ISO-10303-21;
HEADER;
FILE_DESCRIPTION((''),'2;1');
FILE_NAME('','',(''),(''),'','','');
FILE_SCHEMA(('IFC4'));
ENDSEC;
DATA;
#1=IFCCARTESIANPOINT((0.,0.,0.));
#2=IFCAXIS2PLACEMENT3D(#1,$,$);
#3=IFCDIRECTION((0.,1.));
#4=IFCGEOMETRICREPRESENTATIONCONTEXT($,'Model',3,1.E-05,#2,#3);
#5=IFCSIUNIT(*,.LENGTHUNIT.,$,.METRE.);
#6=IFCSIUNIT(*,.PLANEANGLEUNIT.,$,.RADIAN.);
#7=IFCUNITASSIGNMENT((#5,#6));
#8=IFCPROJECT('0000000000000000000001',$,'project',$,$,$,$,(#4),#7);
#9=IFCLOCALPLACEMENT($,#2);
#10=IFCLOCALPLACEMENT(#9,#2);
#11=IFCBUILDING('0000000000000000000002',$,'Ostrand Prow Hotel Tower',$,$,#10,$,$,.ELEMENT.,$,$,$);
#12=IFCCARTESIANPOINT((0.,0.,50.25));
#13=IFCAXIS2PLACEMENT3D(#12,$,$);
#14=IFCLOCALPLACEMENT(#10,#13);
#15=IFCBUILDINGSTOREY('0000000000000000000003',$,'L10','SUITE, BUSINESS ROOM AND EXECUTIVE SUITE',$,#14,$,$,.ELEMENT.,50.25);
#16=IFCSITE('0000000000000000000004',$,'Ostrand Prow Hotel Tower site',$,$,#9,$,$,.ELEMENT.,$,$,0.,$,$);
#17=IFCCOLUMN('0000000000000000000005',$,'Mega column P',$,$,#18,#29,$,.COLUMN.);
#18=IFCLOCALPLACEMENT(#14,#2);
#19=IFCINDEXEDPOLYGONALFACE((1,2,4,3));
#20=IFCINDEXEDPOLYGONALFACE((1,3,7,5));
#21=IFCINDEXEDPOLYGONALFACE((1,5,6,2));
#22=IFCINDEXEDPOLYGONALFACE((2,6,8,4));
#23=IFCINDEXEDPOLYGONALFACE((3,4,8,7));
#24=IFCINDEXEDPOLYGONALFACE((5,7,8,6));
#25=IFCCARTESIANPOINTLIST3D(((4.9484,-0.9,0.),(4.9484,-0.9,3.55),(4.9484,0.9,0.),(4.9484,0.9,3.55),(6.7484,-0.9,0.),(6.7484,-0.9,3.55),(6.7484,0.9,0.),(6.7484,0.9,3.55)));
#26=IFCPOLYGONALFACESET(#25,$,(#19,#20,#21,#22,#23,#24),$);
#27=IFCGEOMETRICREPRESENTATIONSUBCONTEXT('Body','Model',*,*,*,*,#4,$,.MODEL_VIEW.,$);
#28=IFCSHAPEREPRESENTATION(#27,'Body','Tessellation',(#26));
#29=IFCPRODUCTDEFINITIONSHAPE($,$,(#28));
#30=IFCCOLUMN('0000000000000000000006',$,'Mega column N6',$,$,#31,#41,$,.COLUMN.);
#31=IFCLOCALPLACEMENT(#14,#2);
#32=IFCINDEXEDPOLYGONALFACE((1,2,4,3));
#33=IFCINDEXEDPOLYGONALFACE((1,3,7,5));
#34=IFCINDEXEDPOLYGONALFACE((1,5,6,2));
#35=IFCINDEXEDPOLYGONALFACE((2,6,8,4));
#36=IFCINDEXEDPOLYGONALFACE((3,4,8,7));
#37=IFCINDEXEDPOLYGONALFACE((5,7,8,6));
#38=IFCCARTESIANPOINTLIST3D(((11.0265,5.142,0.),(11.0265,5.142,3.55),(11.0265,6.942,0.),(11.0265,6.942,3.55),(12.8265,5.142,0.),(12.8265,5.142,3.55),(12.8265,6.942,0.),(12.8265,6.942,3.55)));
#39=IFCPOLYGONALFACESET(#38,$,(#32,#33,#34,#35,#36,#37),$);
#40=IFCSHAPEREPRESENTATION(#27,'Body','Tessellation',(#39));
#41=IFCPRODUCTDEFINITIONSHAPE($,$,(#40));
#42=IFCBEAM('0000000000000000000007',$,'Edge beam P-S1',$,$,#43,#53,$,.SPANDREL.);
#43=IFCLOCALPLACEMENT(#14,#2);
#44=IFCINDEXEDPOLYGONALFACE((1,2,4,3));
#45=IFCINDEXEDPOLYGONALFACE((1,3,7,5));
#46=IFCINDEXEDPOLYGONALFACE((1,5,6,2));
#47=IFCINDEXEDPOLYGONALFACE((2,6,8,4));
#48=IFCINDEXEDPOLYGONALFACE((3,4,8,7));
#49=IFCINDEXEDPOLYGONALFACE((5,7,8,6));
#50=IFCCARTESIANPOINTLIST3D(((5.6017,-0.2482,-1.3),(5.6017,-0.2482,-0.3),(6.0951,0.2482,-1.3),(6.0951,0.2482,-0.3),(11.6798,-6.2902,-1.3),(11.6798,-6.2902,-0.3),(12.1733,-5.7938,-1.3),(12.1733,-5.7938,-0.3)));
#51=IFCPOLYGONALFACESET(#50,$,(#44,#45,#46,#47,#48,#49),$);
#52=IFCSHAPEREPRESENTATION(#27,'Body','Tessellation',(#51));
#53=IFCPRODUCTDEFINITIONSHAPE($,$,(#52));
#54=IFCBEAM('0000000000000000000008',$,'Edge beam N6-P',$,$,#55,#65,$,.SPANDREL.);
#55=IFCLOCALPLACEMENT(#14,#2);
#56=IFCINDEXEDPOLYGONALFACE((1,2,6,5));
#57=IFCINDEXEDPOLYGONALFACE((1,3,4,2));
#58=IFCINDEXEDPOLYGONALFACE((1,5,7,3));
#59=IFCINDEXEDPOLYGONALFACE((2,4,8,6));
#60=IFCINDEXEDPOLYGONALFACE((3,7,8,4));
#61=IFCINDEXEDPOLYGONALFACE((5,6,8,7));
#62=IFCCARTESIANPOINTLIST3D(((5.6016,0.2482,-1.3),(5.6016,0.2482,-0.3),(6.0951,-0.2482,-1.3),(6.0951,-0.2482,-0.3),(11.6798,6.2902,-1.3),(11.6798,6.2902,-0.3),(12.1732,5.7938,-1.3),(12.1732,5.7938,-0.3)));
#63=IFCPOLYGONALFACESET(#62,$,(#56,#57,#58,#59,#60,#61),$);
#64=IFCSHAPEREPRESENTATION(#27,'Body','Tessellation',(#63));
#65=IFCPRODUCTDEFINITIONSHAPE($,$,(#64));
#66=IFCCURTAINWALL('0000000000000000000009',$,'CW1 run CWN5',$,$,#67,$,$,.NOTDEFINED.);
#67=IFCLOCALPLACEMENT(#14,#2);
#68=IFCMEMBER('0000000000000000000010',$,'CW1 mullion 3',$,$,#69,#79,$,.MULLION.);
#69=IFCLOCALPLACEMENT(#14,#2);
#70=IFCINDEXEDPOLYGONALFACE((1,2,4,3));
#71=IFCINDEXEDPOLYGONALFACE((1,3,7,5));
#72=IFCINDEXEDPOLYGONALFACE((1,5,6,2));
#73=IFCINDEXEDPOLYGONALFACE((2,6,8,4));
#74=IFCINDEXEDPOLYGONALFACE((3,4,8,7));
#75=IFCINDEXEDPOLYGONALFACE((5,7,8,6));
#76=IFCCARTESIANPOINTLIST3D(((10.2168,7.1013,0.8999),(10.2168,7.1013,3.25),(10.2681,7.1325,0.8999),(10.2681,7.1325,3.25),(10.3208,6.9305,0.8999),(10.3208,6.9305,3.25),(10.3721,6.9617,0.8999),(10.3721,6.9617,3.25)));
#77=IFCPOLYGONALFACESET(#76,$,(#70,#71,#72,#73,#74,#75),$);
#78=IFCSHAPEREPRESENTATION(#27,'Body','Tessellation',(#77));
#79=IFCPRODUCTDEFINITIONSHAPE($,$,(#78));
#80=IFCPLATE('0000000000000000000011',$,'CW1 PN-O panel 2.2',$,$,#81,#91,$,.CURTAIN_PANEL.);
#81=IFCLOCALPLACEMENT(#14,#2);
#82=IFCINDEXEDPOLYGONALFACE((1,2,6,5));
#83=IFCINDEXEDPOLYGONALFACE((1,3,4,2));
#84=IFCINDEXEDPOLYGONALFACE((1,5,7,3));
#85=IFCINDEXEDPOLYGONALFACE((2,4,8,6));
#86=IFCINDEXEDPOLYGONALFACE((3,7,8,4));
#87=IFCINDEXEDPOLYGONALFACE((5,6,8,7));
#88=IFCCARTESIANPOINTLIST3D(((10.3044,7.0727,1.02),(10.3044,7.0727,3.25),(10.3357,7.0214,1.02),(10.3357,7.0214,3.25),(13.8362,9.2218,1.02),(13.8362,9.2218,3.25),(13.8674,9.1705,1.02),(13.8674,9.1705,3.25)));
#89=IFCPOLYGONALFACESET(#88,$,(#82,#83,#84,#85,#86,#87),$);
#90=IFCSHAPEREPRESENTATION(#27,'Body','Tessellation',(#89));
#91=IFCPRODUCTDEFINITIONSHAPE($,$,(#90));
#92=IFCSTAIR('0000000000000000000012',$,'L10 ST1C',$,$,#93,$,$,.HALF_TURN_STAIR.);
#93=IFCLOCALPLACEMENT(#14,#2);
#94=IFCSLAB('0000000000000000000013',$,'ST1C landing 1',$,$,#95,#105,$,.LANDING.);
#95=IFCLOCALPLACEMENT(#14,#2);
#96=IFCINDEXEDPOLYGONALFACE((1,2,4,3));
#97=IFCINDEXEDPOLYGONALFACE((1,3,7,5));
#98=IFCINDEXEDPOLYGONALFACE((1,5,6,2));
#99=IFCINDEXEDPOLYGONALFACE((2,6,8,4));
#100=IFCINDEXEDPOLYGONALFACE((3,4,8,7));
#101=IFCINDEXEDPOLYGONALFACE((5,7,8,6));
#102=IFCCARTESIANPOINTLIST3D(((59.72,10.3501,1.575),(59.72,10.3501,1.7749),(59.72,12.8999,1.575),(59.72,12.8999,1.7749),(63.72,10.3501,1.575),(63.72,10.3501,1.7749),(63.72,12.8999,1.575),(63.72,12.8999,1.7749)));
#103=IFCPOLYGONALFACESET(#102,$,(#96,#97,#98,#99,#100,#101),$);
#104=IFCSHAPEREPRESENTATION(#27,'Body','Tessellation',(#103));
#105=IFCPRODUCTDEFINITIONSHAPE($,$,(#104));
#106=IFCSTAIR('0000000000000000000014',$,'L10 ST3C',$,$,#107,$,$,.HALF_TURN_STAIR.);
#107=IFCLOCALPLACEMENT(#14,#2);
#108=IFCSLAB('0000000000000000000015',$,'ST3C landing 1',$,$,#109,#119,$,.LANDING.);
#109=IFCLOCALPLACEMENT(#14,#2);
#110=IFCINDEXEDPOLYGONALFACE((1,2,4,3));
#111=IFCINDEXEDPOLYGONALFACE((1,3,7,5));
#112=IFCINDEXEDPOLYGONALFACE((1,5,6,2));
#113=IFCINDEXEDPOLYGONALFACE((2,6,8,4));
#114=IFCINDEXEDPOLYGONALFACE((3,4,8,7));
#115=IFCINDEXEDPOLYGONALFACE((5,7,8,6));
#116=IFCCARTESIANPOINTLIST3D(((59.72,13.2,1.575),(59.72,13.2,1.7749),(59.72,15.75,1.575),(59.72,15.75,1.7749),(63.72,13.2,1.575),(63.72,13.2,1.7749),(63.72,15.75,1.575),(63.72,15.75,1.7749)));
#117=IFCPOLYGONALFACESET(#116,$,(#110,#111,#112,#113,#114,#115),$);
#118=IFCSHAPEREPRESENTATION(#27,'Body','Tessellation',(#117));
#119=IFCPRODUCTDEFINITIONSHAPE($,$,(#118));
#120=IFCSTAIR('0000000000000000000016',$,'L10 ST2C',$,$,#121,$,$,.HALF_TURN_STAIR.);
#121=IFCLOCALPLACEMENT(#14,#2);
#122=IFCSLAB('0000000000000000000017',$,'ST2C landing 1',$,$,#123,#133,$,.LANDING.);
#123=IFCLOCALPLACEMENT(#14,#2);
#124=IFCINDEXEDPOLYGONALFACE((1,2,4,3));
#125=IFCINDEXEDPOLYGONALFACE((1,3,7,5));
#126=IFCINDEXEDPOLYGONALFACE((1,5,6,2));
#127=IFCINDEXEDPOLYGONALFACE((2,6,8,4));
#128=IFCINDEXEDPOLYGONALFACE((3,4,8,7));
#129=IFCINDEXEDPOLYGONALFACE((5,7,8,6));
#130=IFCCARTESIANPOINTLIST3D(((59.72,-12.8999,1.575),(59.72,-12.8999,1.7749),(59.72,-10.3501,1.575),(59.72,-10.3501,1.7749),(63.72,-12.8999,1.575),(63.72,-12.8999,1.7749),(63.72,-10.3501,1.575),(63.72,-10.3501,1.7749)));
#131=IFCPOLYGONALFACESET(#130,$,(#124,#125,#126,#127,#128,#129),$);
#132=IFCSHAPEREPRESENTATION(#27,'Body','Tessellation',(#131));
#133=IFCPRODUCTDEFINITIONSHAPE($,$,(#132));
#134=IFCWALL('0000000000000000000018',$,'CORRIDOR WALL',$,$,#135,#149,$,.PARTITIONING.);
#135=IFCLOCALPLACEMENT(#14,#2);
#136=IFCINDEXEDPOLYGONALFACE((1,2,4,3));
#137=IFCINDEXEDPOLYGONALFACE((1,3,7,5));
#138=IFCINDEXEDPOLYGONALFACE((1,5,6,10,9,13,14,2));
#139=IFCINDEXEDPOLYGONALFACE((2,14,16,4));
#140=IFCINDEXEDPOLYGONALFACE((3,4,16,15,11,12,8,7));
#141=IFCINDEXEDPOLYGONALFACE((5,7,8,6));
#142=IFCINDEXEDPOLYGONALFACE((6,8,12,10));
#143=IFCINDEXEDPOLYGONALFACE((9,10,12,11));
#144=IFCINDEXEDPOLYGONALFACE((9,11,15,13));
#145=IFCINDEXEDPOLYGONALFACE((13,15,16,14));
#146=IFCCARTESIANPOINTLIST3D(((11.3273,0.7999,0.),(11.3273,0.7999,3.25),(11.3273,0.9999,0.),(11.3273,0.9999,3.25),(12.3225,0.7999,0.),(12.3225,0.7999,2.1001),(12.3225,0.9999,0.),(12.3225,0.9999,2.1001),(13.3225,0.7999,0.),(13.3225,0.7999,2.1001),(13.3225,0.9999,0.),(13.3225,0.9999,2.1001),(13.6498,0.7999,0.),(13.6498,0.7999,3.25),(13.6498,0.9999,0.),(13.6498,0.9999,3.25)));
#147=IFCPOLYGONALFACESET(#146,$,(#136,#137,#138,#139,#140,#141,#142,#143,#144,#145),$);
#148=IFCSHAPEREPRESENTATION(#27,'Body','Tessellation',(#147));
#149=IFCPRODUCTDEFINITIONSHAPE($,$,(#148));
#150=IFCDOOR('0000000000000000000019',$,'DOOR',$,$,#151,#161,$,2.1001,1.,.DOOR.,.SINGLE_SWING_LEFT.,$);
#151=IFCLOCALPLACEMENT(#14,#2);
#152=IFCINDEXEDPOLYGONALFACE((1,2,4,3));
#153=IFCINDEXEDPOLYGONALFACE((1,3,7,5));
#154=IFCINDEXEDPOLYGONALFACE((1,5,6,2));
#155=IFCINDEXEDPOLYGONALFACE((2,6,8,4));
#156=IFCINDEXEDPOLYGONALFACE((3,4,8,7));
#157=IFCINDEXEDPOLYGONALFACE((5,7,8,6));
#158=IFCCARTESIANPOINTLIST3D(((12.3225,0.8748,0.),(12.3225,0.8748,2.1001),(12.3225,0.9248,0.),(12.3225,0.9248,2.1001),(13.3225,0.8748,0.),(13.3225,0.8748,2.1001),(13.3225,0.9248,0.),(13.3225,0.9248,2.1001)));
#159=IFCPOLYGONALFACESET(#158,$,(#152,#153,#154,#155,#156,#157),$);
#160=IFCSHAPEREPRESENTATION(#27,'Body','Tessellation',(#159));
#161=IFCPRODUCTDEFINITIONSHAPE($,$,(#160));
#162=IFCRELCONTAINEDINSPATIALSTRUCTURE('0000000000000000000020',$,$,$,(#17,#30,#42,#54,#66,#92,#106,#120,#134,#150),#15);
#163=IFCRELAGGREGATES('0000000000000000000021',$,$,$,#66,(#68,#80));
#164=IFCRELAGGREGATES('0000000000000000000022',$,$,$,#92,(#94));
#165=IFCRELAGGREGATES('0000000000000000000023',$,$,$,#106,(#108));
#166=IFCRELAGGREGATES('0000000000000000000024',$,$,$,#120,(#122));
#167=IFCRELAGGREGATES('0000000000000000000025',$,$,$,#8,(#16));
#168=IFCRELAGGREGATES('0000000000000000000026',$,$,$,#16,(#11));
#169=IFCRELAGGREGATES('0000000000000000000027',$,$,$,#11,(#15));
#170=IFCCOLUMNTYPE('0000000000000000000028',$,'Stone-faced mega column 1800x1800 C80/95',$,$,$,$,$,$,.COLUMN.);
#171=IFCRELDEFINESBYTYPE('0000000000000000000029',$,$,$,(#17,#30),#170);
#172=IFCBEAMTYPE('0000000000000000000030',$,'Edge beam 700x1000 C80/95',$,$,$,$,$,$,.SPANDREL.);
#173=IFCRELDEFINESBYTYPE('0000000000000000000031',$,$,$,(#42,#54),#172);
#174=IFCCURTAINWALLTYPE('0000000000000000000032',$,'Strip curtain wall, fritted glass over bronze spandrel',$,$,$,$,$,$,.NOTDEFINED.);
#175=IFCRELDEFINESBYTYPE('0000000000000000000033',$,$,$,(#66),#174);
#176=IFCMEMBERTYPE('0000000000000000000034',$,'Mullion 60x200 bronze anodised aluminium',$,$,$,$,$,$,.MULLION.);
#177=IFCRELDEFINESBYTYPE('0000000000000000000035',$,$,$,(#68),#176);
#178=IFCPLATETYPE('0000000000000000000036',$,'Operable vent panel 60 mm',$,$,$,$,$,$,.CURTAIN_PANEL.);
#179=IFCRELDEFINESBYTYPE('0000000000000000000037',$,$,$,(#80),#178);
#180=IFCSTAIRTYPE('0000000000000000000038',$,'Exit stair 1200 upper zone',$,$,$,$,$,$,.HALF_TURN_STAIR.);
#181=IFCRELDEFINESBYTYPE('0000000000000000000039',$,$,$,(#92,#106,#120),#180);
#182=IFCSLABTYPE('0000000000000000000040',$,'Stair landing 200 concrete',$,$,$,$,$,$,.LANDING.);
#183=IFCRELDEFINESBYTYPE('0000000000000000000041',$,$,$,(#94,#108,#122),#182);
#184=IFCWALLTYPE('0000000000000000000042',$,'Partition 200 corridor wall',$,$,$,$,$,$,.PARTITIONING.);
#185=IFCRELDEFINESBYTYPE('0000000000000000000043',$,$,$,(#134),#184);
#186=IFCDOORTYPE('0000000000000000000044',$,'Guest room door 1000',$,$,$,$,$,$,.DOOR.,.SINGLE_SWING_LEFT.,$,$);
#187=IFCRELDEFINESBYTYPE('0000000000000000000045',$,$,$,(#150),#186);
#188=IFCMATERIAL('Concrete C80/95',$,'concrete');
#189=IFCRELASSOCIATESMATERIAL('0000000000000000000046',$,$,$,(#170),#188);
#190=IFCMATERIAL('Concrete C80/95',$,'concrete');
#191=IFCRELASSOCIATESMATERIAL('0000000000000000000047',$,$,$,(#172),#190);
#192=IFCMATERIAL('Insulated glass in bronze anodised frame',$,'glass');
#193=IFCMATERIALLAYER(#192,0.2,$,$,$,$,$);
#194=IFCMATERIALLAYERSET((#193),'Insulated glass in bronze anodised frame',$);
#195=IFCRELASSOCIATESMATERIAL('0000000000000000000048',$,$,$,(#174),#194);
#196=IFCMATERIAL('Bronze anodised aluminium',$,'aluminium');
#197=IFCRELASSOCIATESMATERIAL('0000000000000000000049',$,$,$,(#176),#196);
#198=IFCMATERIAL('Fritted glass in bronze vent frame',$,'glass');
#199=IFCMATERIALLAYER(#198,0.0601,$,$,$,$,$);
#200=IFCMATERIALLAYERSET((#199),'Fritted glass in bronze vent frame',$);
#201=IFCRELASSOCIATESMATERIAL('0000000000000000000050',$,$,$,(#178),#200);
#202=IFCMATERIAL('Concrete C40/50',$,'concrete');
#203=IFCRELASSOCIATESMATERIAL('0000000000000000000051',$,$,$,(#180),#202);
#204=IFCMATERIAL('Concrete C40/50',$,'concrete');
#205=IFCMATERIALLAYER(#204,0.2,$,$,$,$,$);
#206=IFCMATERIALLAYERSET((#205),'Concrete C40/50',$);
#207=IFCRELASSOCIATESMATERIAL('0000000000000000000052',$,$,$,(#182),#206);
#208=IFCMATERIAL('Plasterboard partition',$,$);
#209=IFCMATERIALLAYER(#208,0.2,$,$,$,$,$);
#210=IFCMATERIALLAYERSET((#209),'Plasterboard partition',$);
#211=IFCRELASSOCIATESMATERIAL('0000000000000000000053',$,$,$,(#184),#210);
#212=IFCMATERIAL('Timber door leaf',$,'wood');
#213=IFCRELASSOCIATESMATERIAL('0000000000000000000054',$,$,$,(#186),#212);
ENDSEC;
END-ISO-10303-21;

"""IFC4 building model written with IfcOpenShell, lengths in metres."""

from ifc_helpers import new_model, si_unit, direction, frame, frame_2d, origin, origin_2d, place, context, subcontext, project, spatial, polyline, rectangle, outline, extrude, material, layer, layer_set, material_profile, profile_set, type_object, element, fill, aggregate, save


model = new_model("IFC4")

# Units and contexts
model_context = context("Model", 3, precision=1e-05, world=origin(), true_north=direction((0.0, 1.0)))
body_context = subcontext(model_context, "Body", "Model", "MODEL_VIEW")
ifc_project = project(units=[si_unit("LENGTHUNIT", "METRE"), si_unit("PLANEANGLEUNIT", "RADIAN")], contexts=[model_context])

# Site, building, storey
site_placement = place(None, origin())
site = spatial("IfcSite", under=ifc_project, at=site_placement, Name="Ostrand Prow Hotel Tower site", CompositionType="ELEMENT", RefElevation=0.0)
building_placement = place(site_placement, origin())
building = spatial("IfcBuilding", under=site, at=building_placement, Name="Ostrand Prow Hotel Tower", CompositionType="ELEMENT")
storey_placement = place(building_placement, frame((0.0, 0.0, 50.25)))
storey = spatial("IfcBuildingStorey", under=building, at=storey_placement, Name="L10", Description="SUITE, BUSINESS ROOM AND EXECUTIVE SUITE", CompositionType="ELEMENT", Elevation=50.25)

# Columns
ifc_material_1 = material(Name="Concrete C80/95", Category="concrete")
ifc_material_profile_1 = material_profile(ifc_material_1, rectangle(XDim=1.8, YDim=1.8, at=origin_2d()), Name="RC 1800x1800")
ifc_profile_set_1 = profile_set([ifc_material_profile_1], Name="Concrete C80/95")
column_type = type_object("IfcColumnType", Name="Stone-faced mega column 1800x1800 C80/95", PredefinedType="COLUMN", material=ifc_profile_set_1)
for number, where, z_axis, x_axis, name in (
    (1, (5.8484, 0.0, 0.0), (0.0, 0.0, 1.0), (1.0, 0.0, 0.0), "Mega column P"),
    (2, (11.9265, 6.042, 0.0), (0.0, 0.0, 1.0), (1.0, 0.0, 0.0), "Mega column N6"),
):
    element("IfcColumn", number, at=place(storey_placement, frame(where, z_axis=z_axis, x_axis=x_axis)), inside=storey, type_object=column_type, Name=name, PredefinedType="COLUMN", context=body_context, shape_type="SweptSolid", body=[
        extrude(rectangle(XDim=1.8, YDim=1.8, at=origin_2d()), origin(), (0.0, 0.0, 1.0), 3.55),
    ])

# Beams
ifc_material_2 = material(Name="Concrete C80/95", Category="concrete")
ifc_material_profile_2 = material_profile(ifc_material_2, rectangle(XDim=0.7, YDim=1.0, at=origin_2d()), Name="RC 700x1000")
ifc_profile_set_2 = profile_set([ifc_material_profile_2], Name="Concrete C80/95")
beam_type = type_object("IfcBeamType", Name="Edge beam 700x1000 C80/95", PredefinedType="SPANDREL", material=ifc_profile_set_2)
for number, where, z_axis, x_axis, name in (
    (3, (5.8484, 0.0, -0.8), (0.709212, -0.704996, 0.0), (0.704996, 0.709212, 0.0), "Edge beam P-S1"),
    (4, (11.9265, 6.042, -0.8), (-0.709212, -0.704996, 0.0), (0.704996, -0.709212, 0.0), "Edge beam N6-P"),
):
    element("IfcBeam", number, at=place(storey_placement, frame(where, z_axis=z_axis, x_axis=x_axis)), inside=storey, type_object=beam_type, Name=name, PredefinedType="SPANDREL", context=body_context, shape_type="SweptSolid", body=[
        extrude(rectangle(XDim=0.7, YDim=1.0, at=origin_2d()), origin(), (0.0, 0.0, 1.0), 8.5703),
    ])

# Curtain wall, member, plate
ifc_material_3 = material(Name="Insulated glass in bronze anodised frame", Category="glass")
ifc_layer_1 = layer(ifc_material_3, 0.2)
ifc_layer_set_1 = layer_set([ifc_layer_1], Name="Insulated glass in bronze anodised frame")
curtain_wall_type = type_object("IfcCurtainWallType", Name="Strip curtain wall, fritted glass over bronze spandrel", PredefinedType="NOTDEFINED", material=ifc_layer_set_1)
curtain_wall_placement = place(storey_placement, origin())
curtain_wall = element("IfcCurtainWall", 5, at=curtain_wall_placement, inside=storey, type_object=curtain_wall_type, Name="CW1 run CWN5", PredefinedType="NOTDEFINED")
ifc_material_4 = material(Name="Bronze anodised aluminium", Category="aluminium")
ifc_material_profile_3 = material_profile(ifc_material_4, rectangle(XDim=0.2, YDim=0.0601, at=origin_2d()), Name="Mullion 60x200 bronze anodised aluminium")
ifc_profile_set_3 = profile_set([ifc_material_profile_3], Name="Bronze anodised aluminium")
member_type = type_object("IfcMemberType", Name="Mullion 60x200 bronze anodised aluminium", PredefinedType="MULLION", material=ifc_profile_set_3)
member_placement = place(storey_placement, frame((10.2944, 7.0315, 0.8999), z_axis=(0.0, 0.0, 1.0), x_axis=(0.519831, -0.854269, 0.0)))
member = element("IfcMember", 6, at=member_placement, type_object=member_type, Name="CW1 mullion 3", PredefinedType="MULLION", context=body_context, shape_type="SweptSolid", body=[
    extrude(rectangle(XDim=0.2, YDim=0.0601, at=origin_2d()), origin(), (0.0, 0.0, 1.0), 2.3501),
])
ifc_material_5 = material(Name="Fritted glass in bronze vent frame", Category="glass")
ifc_layer_2 = layer(ifc_material_5, 0.0601)
ifc_layer_set_2 = layer_set([ifc_layer_2], Name="Fritted glass in bronze vent frame")
plate_type = type_object("IfcPlateType", Name="Operable vent panel 60 mm", PredefinedType="CURTAIN_PANEL", material=ifc_layer_set_2)
plate_placement = place(storey_placement, frame((12.0859, 8.1216, 1.02), z_axis=(0.0, 0.0, 1.0), x_axis=(-0.854269, -0.519831, 0.0)))
plate = element("IfcPlate", 7, at=plate_placement, type_object=plate_type, Name="CW1 PN-O panel 2.2", PredefinedType="CURTAIN_PANEL", context=body_context, shape_type="SweptSolid", body=[
    extrude(rectangle(XDim=4.1343, YDim=0.0601, at=origin_2d()), origin(), (0.0, 0.0, 1.0), 2.23),
])
aggregate(curtain_wall, [member, plate])

# Stairs, slabs
ifc_material_6 = material(Name="Concrete C40/50", Category="concrete")
stair_type = type_object("IfcStairType", Name="Exit stair 1200 upper zone", PredefinedType="HALF_TURN_STAIR", material=ifc_material_6)
stair_1_placement = place(storey_placement, origin())
stair_1 = element("IfcStair", 8, at=stair_1_placement, inside=storey, type_object=stair_type, Name="L10 ST1C", PredefinedType="HALF_TURN_STAIR")
ifc_material_7 = material(Name="Concrete C40/50", Category="concrete")
ifc_layer_3 = layer(ifc_material_7, 0.2)
ifc_layer_set_3 = layer_set([ifc_layer_3], Name="Concrete C40/50")
slab_type = type_object("IfcSlabType", Name="Stair landing 200 concrete", PredefinedType="LANDING", material=ifc_layer_set_3)
slab_1_placement = place(storey_placement, frame((0.0, 0.0, 1.575)))
slab_1 = element("IfcSlab", 9, at=slab_1_placement, type_object=slab_type, Name="ST1C landing 1", PredefinedType="LANDING", context=body_context, shape_type="SweptSolid", body=[
    extrude(outline(polyline([(59.72, 10.3501), (63.72, 10.3501), (63.72, 12.8999), (59.72, 12.8999), (59.72, 10.3501)])), origin(), (0.0, 0.0, 1.0), 0.2),
])
aggregate(stair_1, [slab_1])
stair_2_placement = place(storey_placement, origin())
stair_2 = element("IfcStair", 10, at=stair_2_placement, inside=storey, type_object=stair_type, Name="L10 ST3C", PredefinedType="HALF_TURN_STAIR")
slab_2_placement = place(storey_placement, frame((0.0, 0.0, 1.575)))
slab_2 = element("IfcSlab", 11, at=slab_2_placement, type_object=slab_type, Name="ST3C landing 1", PredefinedType="LANDING", context=body_context, shape_type="SweptSolid", body=[
    extrude(outline(polyline([(59.72, 13.2), (63.72, 13.2), (63.72, 15.75), (59.72, 15.75), (59.72, 13.2)])), origin(), (0.0, 0.0, 1.0), 0.2),
])
aggregate(stair_2, [slab_2])
stair_3_placement = place(storey_placement, origin())
stair_3 = element("IfcStair", 12, at=stair_3_placement, inside=storey, type_object=stair_type, Name="L10 ST2C", PredefinedType="HALF_TURN_STAIR")
slab_3_placement = place(storey_placement, frame((0.0, 0.0, 1.575)))
slab_3 = element("IfcSlab", 13, at=slab_3_placement, type_object=slab_type, Name="ST2C landing 1", PredefinedType="LANDING", context=body_context, shape_type="SweptSolid", body=[
    extrude(outline(polyline([(59.72, -12.8999), (63.72, -12.8999), (63.72, -10.3501), (59.72, -10.3501), (59.72, -12.8999)])), origin(), (0.0, 0.0, 1.0), 0.2),
])
aggregate(stair_3, [slab_3])

# Wall, opening, door
ifc_material_8 = material(Name="Plasterboard partition")
ifc_layer_4 = layer(ifc_material_8, 0.2)
ifc_layer_set_4 = layer_set([ifc_layer_4], Name="Plasterboard partition")
wall_type_1 = type_object("IfcWallType", Name="Partition 200 corridor wall", PredefinedType="PARTITIONING", material=ifc_layer_set_4)
wall_1_placement = place(storey_placement, frame((11.3274, 0.8999, 0.0), z_axis=(0.0, 0.0, 1.0), x_axis=(1.0, 0.0, 0.0)))
wall_1 = element("IfcWall", 14, at=wall_1_placement, inside=storey, type_object=wall_type_1, Name="CORRIDOR WALL", PredefinedType="PARTITIONING", context=body_context, shape_type="SweptSolid", body=[
    extrude(rectangle(XDim=2.3225, YDim=0.2, at=frame_2d((1.1611, 0.0))), origin(), (0.0, 0.0, 1.0), 3.25),
])
opening_1_placement = place(wall_1_placement, frame((0.9951, 0.0, 0.0)))
opening_1 = element("IfcOpeningElement", 15, at=opening_1_placement, cuts=wall_1, PredefinedType="OPENING", context=body_context, shape_type="SweptSolid", body=[
    extrude(rectangle(XDim=1.0, YDim=2.1001, at=frame_2d((0.5, 1.05))), frame((0.0, 0.1099, 0.0), z_axis=(0.0, -1.0, 0.0), x_axis=(1.0, 0.0, 0.0)), (0.0, 0.0, 1.0), 0.22),
])
ifc_material_9 = material(Name="Timber door leaf", Category="wood")
door_type = type_object("IfcDoorType", Name="Guest room door 1000", OperationType="SINGLE_SWING_LEFT", PredefinedType="DOOR", material=ifc_material_9)
door_placement = place(opening_1_placement, origin())
door = element("IfcDoor", 16, at=door_placement, inside=storey, type_object=door_type, Name="DOOR", OperationType="SINGLE_SWING_LEFT", OverallHeight=2.1001, OverallWidth=1.0, PredefinedType="DOOR", context=body_context, shape_type="SweptSolid", body=[
    extrude(rectangle(XDim=1.0, YDim=2.1001, at=frame_2d((0.5, 1.05))), frame((0.0, 0.0249, 0.0), z_axis=(0.0, -1.0, 0.0), x_axis=(1.0, 0.0, 0.0)), (0.0, 0.0, 1.0), 0.05),
])
fill(opening_1, door)

save(model, "model.ifc")
